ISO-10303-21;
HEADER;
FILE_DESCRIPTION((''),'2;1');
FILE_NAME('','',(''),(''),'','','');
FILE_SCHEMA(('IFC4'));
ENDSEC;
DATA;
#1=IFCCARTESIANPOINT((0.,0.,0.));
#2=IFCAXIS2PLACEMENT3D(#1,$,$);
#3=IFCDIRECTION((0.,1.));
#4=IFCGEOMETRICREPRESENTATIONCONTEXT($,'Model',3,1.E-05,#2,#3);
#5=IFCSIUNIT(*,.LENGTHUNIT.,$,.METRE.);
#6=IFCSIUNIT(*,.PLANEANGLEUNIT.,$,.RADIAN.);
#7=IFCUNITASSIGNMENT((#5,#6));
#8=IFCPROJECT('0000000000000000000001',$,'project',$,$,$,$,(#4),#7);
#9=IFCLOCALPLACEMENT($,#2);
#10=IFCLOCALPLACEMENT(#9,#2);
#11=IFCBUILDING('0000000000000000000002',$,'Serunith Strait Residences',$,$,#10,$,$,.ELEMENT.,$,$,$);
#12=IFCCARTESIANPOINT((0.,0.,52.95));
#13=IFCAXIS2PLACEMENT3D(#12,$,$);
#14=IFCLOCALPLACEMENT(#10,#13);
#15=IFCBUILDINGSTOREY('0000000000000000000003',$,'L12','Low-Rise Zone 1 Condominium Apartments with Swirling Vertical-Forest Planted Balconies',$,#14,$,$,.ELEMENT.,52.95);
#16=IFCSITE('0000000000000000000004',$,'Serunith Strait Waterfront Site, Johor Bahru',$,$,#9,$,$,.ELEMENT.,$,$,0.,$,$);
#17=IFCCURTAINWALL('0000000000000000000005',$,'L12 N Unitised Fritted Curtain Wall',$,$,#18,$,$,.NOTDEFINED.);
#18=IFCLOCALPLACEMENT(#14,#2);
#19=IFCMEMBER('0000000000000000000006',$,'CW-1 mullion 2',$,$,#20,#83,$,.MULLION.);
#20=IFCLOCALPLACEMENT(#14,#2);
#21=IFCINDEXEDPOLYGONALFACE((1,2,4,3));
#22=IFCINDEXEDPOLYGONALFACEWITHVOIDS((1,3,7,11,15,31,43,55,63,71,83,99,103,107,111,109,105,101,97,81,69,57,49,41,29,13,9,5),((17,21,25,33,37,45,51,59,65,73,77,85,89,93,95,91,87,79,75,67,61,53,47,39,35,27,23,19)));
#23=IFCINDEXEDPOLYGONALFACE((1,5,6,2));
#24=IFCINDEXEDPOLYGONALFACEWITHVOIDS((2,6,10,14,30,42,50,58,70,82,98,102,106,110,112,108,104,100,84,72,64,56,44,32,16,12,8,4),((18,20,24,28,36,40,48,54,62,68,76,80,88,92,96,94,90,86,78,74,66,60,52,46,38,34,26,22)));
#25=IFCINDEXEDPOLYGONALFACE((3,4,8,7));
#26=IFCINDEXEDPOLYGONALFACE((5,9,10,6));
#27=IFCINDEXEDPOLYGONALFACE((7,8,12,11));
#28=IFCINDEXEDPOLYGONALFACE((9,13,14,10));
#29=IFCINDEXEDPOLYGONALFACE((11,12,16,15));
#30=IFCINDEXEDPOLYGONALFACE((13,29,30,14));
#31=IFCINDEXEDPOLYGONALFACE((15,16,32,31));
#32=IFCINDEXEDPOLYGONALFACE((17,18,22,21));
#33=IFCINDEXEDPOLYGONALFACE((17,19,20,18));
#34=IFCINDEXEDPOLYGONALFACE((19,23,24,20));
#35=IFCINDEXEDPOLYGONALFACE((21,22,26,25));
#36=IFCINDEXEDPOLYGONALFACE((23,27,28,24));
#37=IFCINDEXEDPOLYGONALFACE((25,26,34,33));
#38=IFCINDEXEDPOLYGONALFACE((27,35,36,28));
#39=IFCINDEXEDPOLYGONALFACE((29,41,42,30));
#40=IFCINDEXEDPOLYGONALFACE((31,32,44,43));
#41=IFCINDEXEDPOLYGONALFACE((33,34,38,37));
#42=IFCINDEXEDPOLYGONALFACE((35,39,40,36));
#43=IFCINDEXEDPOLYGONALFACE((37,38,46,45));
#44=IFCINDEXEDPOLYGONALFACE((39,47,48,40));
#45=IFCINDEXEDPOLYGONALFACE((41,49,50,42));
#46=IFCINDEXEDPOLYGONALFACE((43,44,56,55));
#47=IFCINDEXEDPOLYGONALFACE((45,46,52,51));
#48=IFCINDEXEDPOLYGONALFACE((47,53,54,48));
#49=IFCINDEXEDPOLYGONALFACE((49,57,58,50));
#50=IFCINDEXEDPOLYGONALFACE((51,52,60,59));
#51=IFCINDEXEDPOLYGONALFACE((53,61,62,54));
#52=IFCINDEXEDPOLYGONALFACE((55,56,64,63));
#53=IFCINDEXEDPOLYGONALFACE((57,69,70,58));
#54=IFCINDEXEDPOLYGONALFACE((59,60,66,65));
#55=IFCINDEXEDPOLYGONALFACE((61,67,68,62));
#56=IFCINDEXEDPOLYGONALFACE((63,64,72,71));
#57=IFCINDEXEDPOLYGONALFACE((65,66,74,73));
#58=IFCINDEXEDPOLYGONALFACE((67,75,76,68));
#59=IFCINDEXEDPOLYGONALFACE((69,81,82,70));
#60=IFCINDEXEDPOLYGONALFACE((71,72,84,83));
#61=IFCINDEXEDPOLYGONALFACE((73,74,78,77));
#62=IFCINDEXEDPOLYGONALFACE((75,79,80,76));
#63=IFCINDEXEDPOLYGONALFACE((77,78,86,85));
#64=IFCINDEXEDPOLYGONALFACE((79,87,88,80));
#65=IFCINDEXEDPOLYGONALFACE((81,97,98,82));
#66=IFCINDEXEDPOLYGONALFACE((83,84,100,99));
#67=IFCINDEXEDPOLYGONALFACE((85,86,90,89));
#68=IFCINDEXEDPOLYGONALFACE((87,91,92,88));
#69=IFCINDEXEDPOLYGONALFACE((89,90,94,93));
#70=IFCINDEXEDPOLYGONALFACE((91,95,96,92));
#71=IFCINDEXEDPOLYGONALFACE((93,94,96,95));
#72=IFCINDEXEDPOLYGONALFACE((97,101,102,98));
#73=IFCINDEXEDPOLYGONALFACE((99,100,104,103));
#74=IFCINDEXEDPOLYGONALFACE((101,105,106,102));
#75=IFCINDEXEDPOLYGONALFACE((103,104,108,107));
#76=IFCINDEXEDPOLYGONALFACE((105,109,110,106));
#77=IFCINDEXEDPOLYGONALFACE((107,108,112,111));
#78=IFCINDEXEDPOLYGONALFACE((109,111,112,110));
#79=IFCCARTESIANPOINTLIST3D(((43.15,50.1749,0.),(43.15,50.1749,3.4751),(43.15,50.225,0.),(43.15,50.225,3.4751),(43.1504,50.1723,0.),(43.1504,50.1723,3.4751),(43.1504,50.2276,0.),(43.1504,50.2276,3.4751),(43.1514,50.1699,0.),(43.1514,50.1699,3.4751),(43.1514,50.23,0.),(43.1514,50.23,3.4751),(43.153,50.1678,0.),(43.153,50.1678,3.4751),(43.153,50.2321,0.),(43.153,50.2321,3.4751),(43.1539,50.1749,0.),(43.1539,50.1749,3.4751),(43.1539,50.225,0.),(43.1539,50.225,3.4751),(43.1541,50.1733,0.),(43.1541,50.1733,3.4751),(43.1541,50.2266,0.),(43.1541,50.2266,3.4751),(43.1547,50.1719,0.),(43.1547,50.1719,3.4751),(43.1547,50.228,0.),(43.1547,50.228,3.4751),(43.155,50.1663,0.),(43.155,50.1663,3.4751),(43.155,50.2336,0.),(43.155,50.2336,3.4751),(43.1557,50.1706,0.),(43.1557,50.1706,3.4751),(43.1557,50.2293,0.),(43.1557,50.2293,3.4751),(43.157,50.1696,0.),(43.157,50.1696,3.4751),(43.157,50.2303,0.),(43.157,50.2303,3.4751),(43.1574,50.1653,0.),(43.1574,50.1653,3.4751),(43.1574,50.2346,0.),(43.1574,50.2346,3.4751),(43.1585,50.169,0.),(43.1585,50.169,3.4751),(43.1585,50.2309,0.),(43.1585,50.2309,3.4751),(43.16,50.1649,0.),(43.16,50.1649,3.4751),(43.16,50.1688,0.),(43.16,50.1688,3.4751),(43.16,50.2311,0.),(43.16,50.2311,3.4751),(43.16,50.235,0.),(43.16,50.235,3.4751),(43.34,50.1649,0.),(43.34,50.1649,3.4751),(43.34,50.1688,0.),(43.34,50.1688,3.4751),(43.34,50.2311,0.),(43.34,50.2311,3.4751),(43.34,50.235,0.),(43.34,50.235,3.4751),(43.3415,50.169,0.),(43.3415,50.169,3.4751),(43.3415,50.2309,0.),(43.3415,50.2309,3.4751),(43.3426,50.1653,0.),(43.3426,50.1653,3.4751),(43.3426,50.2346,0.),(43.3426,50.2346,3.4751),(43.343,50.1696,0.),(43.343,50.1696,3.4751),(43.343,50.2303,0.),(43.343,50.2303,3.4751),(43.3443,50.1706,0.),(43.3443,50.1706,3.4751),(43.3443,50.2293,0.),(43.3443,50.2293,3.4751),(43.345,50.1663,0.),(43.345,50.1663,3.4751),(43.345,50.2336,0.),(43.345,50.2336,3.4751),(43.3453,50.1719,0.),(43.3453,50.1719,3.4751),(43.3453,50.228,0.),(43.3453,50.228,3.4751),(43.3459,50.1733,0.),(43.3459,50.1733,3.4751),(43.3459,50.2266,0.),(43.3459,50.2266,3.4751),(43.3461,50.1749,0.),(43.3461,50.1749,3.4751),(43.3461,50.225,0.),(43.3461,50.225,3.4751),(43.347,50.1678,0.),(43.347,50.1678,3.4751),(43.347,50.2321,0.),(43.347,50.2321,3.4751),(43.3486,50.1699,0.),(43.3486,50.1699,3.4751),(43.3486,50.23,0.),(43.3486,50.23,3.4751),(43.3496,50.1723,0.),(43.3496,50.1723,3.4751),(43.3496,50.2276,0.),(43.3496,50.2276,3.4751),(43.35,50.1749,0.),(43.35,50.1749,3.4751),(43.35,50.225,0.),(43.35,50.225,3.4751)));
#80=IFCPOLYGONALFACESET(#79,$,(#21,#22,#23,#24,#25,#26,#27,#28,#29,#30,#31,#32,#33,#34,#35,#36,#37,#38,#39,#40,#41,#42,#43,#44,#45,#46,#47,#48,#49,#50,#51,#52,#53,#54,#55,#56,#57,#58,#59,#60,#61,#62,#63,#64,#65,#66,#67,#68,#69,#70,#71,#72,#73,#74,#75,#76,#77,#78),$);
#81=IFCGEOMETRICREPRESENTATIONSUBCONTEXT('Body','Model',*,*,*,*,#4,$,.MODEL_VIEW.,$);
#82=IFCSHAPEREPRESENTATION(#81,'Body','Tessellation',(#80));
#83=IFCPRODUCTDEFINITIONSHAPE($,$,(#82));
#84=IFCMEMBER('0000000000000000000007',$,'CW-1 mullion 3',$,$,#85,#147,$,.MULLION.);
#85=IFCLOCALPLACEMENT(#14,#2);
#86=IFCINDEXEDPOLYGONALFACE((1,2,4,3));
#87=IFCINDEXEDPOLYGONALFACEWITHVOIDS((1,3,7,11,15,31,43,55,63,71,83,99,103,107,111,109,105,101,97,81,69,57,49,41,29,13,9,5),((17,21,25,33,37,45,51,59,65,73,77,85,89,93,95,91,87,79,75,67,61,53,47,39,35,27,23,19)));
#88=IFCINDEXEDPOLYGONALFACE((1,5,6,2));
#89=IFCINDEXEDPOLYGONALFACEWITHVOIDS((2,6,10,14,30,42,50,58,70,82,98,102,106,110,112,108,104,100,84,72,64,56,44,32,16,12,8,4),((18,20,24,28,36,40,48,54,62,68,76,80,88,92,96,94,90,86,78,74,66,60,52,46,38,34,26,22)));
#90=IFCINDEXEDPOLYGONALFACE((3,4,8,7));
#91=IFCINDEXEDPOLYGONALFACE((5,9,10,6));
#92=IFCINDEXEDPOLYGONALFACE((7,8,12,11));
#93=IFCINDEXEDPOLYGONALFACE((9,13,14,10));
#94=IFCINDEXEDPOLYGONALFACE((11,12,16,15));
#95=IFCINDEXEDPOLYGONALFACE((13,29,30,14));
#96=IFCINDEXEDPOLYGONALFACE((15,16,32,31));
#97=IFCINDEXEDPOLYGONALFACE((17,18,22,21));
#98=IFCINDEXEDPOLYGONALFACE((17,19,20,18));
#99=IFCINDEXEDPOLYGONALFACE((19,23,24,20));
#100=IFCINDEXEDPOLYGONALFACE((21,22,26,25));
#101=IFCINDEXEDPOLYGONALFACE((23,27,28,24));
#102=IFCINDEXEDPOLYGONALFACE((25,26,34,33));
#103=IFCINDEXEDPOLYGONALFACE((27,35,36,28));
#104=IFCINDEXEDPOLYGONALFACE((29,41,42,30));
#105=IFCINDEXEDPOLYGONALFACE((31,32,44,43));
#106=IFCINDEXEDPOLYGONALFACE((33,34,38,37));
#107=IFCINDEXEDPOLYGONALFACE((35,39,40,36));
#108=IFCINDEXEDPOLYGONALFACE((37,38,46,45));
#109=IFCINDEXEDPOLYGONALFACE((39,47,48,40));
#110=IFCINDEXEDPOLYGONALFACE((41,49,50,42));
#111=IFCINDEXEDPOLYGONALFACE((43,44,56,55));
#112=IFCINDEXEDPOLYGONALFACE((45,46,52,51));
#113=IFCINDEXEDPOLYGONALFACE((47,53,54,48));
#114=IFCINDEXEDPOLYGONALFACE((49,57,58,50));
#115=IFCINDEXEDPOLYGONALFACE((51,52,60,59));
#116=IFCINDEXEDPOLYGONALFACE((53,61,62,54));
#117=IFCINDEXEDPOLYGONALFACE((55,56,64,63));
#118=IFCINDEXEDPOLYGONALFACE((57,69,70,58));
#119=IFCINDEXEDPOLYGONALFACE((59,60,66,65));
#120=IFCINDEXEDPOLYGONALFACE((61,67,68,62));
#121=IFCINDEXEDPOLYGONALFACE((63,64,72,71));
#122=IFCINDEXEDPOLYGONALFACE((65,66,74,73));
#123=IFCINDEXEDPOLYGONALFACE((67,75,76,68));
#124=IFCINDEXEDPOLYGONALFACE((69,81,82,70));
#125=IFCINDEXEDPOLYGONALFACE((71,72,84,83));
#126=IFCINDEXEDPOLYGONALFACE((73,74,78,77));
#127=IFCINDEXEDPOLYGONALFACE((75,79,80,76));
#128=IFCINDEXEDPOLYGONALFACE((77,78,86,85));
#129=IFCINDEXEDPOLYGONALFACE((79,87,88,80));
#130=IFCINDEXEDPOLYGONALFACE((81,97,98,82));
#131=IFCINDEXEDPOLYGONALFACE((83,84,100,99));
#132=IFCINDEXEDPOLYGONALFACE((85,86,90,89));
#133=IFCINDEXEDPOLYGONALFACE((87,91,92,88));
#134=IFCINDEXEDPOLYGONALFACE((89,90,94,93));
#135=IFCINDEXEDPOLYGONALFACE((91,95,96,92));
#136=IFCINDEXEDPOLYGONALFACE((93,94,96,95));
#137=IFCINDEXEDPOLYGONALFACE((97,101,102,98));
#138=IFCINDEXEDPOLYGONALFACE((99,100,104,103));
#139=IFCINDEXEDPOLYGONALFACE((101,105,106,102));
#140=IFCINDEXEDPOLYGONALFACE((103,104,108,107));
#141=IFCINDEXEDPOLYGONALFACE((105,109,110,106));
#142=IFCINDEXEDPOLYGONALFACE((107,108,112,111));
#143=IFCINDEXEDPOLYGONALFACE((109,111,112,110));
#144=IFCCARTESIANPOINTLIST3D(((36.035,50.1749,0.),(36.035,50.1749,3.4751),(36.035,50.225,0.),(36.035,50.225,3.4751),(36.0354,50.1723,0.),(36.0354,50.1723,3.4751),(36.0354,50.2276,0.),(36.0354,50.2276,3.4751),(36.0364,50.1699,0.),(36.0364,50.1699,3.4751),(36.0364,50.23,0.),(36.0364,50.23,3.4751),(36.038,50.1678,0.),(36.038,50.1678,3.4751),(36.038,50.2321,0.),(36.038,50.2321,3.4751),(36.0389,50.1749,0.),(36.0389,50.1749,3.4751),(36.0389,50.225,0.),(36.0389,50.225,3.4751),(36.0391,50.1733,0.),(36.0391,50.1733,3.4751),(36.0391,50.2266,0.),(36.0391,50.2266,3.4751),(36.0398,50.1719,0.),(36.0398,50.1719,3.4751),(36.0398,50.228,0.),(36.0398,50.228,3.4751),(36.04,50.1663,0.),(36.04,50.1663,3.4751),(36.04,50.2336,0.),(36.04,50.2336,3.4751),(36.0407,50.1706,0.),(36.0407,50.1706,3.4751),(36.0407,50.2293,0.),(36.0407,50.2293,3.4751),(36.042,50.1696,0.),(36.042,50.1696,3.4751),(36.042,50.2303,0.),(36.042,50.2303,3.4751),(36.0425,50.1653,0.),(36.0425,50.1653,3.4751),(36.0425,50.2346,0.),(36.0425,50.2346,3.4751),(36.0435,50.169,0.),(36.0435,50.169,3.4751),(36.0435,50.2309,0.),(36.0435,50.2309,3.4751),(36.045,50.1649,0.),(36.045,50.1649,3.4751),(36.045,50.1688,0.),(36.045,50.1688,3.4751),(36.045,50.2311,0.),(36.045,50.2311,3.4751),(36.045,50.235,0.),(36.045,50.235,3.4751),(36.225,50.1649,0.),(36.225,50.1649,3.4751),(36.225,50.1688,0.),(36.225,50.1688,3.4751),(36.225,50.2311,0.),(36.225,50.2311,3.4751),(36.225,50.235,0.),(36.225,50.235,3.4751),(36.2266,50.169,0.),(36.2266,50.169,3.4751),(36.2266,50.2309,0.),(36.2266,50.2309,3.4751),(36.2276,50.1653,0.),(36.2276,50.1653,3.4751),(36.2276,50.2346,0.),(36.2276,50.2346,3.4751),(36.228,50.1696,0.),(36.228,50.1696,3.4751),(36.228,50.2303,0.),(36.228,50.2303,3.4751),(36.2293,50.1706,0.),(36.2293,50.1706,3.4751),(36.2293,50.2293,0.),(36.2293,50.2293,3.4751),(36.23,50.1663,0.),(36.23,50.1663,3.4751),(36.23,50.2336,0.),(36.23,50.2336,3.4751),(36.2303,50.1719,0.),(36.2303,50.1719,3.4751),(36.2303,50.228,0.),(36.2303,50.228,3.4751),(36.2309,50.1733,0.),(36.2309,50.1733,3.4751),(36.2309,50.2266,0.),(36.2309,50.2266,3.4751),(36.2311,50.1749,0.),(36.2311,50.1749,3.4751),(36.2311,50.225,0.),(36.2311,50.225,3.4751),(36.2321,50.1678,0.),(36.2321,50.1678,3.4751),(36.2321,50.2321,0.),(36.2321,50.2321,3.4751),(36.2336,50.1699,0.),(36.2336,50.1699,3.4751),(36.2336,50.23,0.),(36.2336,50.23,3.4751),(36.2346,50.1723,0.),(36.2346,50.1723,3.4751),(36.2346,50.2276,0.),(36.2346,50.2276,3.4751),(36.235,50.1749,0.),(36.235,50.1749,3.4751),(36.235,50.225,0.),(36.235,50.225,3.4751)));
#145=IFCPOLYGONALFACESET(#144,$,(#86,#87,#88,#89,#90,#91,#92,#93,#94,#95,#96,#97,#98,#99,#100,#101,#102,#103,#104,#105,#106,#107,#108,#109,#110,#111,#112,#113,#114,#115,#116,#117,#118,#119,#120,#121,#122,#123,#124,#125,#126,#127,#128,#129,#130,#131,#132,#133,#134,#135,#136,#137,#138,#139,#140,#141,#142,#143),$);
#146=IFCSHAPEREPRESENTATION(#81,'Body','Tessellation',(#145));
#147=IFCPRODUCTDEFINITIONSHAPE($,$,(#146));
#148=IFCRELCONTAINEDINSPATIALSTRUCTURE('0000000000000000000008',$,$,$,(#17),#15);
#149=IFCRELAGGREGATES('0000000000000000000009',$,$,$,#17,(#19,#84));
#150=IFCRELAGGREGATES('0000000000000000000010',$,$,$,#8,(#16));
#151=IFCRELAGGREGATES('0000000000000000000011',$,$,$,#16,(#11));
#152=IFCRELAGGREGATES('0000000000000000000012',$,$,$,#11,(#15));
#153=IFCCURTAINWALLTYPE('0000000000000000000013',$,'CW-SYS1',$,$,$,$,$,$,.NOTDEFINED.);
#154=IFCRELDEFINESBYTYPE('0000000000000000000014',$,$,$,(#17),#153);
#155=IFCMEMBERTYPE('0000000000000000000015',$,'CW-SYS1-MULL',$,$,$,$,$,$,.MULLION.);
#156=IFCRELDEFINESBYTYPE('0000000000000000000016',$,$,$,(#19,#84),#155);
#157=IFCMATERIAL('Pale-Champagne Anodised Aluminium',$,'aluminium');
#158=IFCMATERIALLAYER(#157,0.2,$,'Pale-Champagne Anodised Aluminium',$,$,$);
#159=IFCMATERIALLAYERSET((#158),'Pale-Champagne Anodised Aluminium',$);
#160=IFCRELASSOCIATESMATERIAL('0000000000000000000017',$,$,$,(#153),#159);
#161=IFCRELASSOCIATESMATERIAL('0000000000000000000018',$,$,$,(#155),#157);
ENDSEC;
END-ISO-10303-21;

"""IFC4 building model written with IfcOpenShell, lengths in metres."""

from ifc_helpers import new_model, si_unit, direction, frame, origin, origin_2d, place, context, subcontext, project, spatial, hollow_rectangle, extrude, source, transform, mapped, material, layer, layer_set, material_profile, profile_set, type_object, element, aggregate, save


model = new_model("IFC4")

# Units and contexts
model_context = context("Model", 3, precision=1e-05, world=origin(), true_north=direction((0.0, 1.0)))
body_context = subcontext(model_context, "Body", "Model", "MODEL_VIEW")
ifc_project = project(units=[si_unit("LENGTHUNIT", "METRE"), si_unit("PLANEANGLEUNIT", "RADIAN")], contexts=[model_context])

# Site, building, storey
site_placement = place(None, origin())
site = spatial("IfcSite", under=ifc_project, at=site_placement, Name="Serunith Strait Waterfront Site, Johor Bahru", CompositionType="ELEMENT", RefElevation=0.0)
building_placement = place(site_placement, origin())
building = spatial("IfcBuilding", under=site, at=building_placement, Name="Serunith Strait Residences", CompositionType="ELEMENT")
storey_placement = place(building_placement, frame((0.0, 0.0, 52.95)))
storey = spatial("IfcBuildingStorey", under=building, at=storey_placement, Name="L12", Description="Low-Rise Zone 1 Condominium Apartments with Swirling Vertical-Forest Planted Balconies", CompositionType="ELEMENT", Elevation=52.95)

# Curtain wall, members
ifc_material_1 = material(Name="Pale-Champagne Anodised Aluminium", Category="aluminium")
ifc_layer_1 = layer(ifc_material_1, 0.2, Name="Pale-Champagne Anodised Aluminium")
ifc_layer_set_1 = layer_set([ifc_layer_1], Name="Pale-Champagne Anodised Aluminium")
curtain_wall_type = type_object("IfcCurtainWallType", Name="CW-SYS1", PredefinedType="NOTDEFINED", material=ifc_layer_set_1)
curtain_wall_1_placement = place(storey_placement, origin())
curtain_wall_1 = element("IfcCurtainWall", 1, at=curtain_wall_1_placement, inside=storey, type_object=curtain_wall_type, Name="L12 N Unitised Fritted Curtain Wall", PredefinedType="NOTDEFINED")
ifc_material_profile_1 = material_profile(ifc_material_1, hollow_rectangle(XDim=0.0701, YDim=0.2, WallThickness=0.0039, InnerFilletRadius=0.0061, OuterFilletRadius=0.01, at=origin_2d()), Name="ALU 200x70x4")
ifc_profile_set_1 = profile_set([ifc_material_profile_1], Name="Pale-Champagne Anodised Aluminium")
member_type_1 = type_object("IfcMemberType", Name="CW-SYS1-MULL", PredefinedType="MULLION", material=ifc_profile_set_1)
shared_shape_1 = source(origin(), body_context, "Body", "SweptSolid", [
    extrude(hollow_rectangle(XDim=0.0701, YDim=0.2, WallThickness=0.0039, InnerFilletRadius=0.0061, OuterFilletRadius=0.01, at=origin_2d()), origin(), (0.0, 0.0, 1.0), 3.4751),
])
member_1_placement = place(storey_placement, frame((43.25, 50.2, 0.0), z_axis=(0.0, 0.0, 1.0), x_axis=(0.0, -1.0, 0.0)))
member_1 = element("IfcMember", 2, at=member_1_placement, type_object=member_type_1, Name="CW-1 mullion 2", PredefinedType="MULLION", context=body_context, shape_type="MappedRepresentation", body=[
    mapped(shared_shape_1, transform((0.0, 0.0, 0.0), scale=1.0)),
])
member_2_placement = place(storey_placement, frame((36.135, 50.2, 0.0), z_axis=(0.0, 0.0, 1.0), x_axis=(0.0, -1.0, 0.0)))
member_2 = element("IfcMember", 3, at=member_2_placement, type_object=member_type_1, Name="CW-1 mullion 3", PredefinedType="MULLION", context=body_context, shape_type="MappedRepresentation", body=[
    mapped(shared_shape_1, transform((0.0, 0.0, 0.0), scale=1.0)),
])

aggregate(curtain_wall_1, [member_1, member_2])

save(model, "model.ifc")
